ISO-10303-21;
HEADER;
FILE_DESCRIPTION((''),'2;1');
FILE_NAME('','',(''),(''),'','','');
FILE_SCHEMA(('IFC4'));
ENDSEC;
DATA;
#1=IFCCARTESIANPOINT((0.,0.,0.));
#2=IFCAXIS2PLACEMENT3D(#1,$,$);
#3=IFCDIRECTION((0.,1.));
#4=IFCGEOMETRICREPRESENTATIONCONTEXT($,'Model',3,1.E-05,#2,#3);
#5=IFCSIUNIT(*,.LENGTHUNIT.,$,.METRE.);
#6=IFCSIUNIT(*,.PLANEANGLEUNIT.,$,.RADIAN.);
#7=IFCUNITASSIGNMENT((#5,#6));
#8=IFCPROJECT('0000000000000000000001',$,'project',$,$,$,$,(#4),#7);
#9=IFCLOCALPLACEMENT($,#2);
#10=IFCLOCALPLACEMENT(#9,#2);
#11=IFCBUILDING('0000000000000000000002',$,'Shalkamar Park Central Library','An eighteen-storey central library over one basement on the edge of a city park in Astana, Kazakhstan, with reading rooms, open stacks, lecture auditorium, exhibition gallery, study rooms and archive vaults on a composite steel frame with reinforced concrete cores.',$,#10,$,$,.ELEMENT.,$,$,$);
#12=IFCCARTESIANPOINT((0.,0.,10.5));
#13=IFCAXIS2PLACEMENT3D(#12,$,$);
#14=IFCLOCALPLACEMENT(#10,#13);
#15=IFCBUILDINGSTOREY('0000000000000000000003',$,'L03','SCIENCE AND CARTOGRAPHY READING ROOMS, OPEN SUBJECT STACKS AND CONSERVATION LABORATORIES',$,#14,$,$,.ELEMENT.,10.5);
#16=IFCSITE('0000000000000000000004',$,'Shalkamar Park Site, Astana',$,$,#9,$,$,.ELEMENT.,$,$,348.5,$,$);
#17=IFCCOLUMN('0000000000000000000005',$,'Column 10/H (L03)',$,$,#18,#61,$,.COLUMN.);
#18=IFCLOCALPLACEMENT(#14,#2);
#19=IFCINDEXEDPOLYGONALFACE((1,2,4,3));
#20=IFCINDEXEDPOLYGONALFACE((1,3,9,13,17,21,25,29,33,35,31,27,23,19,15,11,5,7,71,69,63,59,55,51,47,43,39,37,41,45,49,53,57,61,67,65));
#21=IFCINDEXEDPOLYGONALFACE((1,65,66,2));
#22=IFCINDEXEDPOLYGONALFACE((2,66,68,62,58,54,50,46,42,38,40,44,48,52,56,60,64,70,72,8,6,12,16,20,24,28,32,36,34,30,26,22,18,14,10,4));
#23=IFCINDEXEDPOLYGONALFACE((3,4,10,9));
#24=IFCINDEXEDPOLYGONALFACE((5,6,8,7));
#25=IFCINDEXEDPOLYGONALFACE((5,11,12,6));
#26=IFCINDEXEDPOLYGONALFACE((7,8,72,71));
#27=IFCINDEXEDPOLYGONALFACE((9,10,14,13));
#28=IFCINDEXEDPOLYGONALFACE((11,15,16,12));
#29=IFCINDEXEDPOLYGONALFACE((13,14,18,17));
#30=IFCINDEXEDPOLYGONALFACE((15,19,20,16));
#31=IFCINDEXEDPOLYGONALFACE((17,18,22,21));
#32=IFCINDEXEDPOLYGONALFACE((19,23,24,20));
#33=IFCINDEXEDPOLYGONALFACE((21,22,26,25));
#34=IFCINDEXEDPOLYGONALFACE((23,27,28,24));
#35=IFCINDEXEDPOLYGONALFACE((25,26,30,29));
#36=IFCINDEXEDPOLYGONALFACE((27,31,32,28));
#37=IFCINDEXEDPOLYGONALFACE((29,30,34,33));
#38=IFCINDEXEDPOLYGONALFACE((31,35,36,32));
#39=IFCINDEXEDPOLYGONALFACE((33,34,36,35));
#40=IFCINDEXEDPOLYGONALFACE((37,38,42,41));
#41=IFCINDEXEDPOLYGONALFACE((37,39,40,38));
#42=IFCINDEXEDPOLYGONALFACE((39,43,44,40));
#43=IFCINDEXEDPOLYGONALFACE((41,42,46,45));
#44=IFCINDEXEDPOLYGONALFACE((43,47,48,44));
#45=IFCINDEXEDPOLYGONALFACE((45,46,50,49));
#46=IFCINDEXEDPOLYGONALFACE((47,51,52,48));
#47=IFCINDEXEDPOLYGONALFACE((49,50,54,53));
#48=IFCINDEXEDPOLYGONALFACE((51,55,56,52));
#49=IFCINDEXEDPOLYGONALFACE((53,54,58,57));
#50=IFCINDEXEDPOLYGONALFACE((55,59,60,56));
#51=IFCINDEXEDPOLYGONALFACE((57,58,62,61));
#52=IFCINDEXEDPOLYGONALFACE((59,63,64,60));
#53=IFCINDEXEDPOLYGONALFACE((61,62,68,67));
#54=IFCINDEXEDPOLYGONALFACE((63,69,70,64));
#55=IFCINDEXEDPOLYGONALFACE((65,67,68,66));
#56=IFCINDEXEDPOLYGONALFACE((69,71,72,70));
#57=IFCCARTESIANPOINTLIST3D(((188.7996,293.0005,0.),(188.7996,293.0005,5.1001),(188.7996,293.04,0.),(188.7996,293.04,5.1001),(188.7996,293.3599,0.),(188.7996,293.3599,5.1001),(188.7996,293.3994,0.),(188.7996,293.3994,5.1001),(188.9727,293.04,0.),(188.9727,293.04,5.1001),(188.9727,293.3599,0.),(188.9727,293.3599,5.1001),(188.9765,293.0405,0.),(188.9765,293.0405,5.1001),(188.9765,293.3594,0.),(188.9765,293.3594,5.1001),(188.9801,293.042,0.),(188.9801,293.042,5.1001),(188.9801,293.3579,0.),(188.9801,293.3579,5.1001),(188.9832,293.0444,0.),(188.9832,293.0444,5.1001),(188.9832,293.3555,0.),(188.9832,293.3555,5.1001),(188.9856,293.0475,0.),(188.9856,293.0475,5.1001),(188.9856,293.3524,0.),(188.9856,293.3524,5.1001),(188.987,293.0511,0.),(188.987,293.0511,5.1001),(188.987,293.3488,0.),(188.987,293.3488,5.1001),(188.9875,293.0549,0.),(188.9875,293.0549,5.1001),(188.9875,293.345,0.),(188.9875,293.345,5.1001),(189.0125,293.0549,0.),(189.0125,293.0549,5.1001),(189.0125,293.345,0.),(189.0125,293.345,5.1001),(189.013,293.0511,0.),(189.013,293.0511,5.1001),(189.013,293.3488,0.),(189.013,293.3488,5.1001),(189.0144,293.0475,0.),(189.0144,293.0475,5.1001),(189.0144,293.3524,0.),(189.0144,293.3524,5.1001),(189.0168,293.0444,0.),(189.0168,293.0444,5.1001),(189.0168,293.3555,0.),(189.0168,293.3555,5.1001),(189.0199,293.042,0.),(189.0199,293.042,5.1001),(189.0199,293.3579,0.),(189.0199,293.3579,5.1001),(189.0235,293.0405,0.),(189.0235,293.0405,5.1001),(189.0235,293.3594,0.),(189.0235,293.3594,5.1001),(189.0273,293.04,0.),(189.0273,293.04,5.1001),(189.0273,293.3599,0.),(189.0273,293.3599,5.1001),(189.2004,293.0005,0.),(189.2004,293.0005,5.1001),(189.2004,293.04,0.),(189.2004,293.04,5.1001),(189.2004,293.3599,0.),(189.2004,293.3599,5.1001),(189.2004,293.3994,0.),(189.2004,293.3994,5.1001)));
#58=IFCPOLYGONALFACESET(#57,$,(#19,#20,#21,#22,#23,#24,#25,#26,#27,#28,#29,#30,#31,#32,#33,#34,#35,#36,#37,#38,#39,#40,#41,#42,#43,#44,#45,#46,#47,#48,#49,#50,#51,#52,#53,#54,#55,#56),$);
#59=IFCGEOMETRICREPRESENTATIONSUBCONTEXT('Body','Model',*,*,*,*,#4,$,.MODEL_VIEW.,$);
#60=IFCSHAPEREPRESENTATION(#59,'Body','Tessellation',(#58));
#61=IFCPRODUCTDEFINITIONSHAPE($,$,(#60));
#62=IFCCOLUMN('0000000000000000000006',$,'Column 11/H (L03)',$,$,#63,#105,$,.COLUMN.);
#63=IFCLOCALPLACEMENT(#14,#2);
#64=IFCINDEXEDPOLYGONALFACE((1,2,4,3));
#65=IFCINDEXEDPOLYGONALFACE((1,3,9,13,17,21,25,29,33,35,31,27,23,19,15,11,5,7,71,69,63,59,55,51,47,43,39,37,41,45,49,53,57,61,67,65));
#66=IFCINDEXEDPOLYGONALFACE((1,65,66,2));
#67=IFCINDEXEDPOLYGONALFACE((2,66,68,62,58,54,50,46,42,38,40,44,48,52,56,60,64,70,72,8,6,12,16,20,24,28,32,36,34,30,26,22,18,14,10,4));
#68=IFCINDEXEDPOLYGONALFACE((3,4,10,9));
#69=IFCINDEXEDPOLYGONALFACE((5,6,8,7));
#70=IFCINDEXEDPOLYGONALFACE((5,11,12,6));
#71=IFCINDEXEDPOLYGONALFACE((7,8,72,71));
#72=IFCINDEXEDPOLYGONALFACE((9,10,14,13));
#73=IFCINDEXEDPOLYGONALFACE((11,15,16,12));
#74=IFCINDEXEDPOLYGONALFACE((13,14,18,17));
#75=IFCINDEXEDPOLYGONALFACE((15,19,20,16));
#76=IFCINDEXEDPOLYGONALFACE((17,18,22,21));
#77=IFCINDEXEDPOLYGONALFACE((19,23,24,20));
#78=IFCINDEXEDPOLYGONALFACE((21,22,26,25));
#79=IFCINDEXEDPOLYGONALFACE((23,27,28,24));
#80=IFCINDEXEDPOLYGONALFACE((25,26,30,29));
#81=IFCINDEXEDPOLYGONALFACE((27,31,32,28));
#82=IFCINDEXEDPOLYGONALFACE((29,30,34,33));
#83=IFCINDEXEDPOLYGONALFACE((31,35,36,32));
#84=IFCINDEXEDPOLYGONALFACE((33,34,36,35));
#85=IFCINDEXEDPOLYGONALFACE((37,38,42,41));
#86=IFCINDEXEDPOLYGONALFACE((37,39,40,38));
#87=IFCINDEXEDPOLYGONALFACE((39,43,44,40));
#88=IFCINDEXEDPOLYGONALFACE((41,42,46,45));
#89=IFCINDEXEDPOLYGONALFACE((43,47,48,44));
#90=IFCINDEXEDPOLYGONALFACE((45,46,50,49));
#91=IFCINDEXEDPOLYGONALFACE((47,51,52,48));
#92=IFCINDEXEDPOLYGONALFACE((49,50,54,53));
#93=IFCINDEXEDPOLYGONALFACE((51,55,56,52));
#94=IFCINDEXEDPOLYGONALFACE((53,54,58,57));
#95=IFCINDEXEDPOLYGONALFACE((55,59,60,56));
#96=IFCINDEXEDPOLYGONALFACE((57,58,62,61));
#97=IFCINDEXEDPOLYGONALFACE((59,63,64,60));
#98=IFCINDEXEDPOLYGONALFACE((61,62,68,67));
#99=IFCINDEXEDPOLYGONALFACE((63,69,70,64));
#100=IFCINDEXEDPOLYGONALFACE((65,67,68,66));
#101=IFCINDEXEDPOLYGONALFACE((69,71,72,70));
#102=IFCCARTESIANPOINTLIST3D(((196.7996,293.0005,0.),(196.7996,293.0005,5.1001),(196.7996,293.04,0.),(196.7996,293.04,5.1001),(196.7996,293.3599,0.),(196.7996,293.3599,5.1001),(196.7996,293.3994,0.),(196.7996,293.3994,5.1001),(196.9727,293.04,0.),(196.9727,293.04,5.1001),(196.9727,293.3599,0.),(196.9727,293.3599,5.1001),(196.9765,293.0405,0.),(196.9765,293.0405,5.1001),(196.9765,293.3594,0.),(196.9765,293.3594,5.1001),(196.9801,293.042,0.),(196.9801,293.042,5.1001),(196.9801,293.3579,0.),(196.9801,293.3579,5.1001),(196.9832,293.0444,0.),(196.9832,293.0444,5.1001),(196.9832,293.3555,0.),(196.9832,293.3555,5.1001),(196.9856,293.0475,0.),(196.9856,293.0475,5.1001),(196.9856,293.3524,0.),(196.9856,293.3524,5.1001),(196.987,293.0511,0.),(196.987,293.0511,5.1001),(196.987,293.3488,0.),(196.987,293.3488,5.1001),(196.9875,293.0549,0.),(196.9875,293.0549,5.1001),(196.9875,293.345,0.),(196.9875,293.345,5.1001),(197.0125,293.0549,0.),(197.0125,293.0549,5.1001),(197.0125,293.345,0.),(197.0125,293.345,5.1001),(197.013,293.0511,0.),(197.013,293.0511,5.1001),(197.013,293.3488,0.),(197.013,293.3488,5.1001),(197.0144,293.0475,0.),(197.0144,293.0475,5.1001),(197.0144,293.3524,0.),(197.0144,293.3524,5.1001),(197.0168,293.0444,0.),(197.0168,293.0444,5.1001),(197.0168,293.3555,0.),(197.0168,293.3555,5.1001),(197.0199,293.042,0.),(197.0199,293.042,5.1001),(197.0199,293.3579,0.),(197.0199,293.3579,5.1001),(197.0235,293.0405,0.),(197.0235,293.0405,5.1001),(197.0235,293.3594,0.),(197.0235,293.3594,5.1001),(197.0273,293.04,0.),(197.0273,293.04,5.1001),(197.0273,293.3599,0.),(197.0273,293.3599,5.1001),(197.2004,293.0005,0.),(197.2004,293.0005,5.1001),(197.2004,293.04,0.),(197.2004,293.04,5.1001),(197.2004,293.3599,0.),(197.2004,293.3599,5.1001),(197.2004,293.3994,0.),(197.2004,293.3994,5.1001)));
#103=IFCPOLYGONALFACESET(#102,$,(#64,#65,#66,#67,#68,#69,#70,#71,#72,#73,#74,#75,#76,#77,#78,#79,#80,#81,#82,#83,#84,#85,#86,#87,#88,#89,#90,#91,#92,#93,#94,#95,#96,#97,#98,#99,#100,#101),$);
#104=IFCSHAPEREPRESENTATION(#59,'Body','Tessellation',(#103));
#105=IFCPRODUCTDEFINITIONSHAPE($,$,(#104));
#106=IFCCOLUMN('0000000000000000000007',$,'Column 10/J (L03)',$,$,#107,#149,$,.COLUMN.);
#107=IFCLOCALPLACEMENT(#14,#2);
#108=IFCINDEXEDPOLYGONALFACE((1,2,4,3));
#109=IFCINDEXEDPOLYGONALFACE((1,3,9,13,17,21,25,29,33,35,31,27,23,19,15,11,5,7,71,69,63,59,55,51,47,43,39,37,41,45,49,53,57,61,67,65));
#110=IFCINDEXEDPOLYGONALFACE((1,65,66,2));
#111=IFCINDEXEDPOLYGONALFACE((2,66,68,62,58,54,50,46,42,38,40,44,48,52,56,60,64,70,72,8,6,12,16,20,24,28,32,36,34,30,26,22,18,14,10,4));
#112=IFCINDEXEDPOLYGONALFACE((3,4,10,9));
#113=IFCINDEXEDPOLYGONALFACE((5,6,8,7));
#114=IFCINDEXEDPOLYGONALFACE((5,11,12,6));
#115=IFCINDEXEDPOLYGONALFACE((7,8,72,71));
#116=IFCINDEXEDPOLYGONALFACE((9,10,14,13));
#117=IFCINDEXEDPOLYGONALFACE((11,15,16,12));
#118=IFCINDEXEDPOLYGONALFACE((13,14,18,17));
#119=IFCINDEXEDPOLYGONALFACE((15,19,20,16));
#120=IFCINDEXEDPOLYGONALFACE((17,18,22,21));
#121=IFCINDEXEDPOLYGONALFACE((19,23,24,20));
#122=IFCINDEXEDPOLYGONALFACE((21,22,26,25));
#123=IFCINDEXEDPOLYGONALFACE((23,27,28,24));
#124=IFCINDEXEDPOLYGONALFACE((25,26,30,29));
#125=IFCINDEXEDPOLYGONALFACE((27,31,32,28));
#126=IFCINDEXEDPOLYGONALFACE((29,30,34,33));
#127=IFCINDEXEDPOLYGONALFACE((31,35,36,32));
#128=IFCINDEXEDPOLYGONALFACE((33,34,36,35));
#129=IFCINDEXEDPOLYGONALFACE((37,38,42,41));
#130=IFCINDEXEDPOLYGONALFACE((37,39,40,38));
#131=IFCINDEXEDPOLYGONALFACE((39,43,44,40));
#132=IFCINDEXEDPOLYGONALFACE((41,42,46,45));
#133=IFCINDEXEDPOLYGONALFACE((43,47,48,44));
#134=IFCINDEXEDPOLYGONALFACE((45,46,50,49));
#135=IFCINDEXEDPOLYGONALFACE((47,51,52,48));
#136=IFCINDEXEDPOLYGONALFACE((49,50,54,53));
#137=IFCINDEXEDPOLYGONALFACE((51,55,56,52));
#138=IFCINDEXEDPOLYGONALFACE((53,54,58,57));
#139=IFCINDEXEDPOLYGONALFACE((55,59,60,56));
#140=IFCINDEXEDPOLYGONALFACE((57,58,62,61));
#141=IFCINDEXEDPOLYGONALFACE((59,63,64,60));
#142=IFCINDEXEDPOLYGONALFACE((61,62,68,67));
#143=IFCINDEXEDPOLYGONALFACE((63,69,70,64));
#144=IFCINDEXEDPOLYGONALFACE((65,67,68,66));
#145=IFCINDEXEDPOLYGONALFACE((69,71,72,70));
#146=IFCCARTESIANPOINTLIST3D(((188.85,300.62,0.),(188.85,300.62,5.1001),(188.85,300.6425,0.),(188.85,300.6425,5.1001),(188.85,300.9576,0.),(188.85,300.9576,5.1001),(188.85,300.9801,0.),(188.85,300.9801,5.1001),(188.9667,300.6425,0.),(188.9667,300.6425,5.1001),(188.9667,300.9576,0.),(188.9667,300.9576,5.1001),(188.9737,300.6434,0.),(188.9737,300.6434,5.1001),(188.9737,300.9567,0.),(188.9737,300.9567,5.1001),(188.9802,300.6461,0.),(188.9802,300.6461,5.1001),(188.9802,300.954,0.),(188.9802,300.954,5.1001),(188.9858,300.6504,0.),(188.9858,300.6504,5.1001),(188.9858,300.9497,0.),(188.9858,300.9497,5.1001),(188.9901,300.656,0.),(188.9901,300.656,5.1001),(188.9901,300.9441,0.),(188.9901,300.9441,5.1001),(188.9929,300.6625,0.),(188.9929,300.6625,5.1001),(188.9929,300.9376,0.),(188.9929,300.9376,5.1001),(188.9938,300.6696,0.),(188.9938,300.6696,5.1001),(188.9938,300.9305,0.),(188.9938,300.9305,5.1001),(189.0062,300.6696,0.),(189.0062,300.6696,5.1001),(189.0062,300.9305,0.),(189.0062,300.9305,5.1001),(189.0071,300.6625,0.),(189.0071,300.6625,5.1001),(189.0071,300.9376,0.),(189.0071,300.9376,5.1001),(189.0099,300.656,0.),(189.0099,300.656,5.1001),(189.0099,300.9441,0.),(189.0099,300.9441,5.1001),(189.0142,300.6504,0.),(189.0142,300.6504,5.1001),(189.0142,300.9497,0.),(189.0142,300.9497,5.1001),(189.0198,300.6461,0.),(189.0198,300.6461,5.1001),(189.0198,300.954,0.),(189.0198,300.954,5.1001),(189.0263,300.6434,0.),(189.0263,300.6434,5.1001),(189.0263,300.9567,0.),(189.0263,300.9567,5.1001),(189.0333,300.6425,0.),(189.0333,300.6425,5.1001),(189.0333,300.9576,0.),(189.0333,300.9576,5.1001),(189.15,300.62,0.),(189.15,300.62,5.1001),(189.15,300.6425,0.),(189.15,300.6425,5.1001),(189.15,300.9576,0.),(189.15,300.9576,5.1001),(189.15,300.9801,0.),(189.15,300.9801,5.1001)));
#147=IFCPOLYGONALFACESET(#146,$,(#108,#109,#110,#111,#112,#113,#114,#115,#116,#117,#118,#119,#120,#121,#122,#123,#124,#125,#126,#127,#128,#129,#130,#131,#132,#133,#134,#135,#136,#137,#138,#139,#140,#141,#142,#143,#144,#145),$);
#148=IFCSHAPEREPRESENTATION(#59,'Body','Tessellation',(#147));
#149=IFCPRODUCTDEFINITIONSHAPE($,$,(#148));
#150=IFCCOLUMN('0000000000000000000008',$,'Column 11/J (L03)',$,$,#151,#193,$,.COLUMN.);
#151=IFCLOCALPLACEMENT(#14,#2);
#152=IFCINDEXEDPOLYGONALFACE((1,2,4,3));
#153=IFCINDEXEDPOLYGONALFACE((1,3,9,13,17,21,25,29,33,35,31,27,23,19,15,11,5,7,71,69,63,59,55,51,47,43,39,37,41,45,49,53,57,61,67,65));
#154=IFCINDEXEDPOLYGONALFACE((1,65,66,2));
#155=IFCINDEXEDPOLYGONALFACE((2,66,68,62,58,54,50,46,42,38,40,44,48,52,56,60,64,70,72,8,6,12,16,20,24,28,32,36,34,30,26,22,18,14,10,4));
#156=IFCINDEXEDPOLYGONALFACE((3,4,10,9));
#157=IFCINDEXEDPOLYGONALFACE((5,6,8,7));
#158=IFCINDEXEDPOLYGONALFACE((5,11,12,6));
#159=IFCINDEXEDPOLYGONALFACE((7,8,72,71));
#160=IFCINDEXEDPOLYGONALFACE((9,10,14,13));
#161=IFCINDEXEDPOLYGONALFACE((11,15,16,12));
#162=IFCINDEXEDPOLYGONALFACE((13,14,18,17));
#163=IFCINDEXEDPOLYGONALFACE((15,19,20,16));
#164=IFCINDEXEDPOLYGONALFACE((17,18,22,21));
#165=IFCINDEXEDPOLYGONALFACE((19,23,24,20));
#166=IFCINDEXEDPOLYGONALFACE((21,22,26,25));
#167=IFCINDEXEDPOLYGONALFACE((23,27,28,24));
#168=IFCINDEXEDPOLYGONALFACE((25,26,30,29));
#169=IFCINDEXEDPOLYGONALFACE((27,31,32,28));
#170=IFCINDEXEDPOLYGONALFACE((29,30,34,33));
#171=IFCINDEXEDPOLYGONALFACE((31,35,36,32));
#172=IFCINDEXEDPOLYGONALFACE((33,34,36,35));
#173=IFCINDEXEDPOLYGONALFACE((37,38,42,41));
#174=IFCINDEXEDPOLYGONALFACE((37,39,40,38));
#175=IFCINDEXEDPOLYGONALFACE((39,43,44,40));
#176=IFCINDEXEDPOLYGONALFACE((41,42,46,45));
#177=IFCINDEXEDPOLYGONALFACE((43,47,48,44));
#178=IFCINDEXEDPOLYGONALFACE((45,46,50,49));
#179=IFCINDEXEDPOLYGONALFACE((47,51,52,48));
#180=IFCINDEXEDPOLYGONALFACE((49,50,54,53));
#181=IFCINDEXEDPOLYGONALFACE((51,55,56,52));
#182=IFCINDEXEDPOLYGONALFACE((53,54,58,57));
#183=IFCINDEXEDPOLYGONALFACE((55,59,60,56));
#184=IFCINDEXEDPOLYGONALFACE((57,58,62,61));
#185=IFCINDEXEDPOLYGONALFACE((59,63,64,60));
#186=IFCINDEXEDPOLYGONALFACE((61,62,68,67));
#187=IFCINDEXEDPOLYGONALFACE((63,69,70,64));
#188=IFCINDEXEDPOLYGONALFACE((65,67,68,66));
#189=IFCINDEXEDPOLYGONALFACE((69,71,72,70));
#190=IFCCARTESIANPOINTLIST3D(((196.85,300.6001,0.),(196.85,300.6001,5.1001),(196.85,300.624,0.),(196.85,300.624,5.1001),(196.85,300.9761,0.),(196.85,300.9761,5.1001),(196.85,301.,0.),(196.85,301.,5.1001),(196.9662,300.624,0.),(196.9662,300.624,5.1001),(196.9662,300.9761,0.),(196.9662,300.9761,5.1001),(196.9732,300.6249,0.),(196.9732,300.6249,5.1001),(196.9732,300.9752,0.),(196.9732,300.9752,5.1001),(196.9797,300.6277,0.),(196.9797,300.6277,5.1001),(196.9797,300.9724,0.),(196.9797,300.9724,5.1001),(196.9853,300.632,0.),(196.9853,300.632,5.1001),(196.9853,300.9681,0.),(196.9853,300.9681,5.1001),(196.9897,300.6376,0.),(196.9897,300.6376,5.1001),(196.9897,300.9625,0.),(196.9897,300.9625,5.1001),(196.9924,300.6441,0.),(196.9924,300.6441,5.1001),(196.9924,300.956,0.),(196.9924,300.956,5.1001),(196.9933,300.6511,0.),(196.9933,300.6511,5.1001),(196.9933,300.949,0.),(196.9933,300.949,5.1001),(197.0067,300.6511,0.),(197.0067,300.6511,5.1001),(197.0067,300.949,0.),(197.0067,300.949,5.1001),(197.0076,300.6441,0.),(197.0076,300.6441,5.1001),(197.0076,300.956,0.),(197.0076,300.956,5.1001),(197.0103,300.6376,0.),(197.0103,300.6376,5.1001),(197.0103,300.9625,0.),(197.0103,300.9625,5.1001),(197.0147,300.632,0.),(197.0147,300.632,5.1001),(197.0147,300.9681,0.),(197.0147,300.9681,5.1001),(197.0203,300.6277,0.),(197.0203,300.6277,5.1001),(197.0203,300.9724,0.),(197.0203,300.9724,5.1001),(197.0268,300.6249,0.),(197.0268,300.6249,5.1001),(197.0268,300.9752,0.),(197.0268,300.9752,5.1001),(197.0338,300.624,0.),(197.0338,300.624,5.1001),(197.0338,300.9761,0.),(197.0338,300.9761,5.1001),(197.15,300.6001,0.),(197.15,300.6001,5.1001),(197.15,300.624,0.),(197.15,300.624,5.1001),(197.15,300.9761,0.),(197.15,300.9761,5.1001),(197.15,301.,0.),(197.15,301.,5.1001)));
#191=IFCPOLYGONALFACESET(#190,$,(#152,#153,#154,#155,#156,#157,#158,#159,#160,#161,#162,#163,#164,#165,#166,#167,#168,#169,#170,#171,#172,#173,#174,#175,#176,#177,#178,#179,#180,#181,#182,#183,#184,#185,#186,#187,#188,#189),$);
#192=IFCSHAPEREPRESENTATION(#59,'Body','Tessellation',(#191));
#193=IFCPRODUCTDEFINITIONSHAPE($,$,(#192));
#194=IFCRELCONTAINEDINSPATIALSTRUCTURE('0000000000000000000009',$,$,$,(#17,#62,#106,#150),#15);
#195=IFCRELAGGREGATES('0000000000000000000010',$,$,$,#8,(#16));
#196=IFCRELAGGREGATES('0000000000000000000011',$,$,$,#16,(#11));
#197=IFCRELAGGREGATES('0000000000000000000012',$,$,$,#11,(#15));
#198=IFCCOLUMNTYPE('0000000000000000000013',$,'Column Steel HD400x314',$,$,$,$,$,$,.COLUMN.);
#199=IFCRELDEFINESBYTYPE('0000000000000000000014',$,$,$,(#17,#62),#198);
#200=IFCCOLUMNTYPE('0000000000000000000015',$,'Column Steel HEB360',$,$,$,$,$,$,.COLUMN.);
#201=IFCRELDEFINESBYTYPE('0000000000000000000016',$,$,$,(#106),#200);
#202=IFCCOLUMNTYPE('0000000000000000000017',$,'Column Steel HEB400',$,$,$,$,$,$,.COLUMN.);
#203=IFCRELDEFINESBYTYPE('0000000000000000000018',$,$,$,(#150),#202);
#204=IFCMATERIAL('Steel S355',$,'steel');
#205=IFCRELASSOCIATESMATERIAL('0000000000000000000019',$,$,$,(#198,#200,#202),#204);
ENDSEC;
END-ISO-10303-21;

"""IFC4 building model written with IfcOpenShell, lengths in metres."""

from ifc_helpers import new_model, si_unit, direction, frame, origin, origin_2d, place, context, subcontext, project, spatial, i_section, extrude, material, material_profile, profile_set, type_object, element, save


model = new_model("IFC4")

# Units and contexts
model_context = context("Model", 3, precision=1e-05, world=origin(), true_north=direction((0.0, 1.0)))
body_context = subcontext(model_context, "Body", "Model", "MODEL_VIEW")
ifc_project = project(units=[si_unit("LENGTHUNIT", "METRE"), si_unit("PLANEANGLEUNIT", "RADIAN")], contexts=[model_context])

# Site, building, storey
site_placement = place(None, origin())
site = spatial("IfcSite", under=ifc_project, at=site_placement, Name="Shalkamar Park Site, Astana", CompositionType="ELEMENT", RefElevation=348.5)
building_placement = place(site_placement, origin())
building = spatial("IfcBuilding", under=site, at=building_placement, Name="Shalkamar Park Central Library", Description="An eighteen-storey central library over one basement on the edge of a city park in Astana, Kazakhstan, with reading rooms, open stacks, lecture auditorium, exhibition gallery, study rooms and archive vaults on a composite steel frame with reinforced concrete cores.", CompositionType="ELEMENT")
storey_placement = place(building_placement, frame((0.0, 0.0, 10.5)))
storey = spatial("IfcBuildingStorey", under=building, at=storey_placement, Name="L03", Description="SCIENCE AND CARTOGRAPHY READING ROOMS, OPEN SUBJECT STACKS AND CONSERVATION LABORATORIES", CompositionType="ELEMENT", Elevation=10.5)

# Columns
ifc_material_1 = material(Name="Steel S355", Category="steel")
ifc_material_profile_1 = material_profile(ifc_material_1, i_section(OverallWidth=0.4009, OverallDepth=0.3989, WebThickness=0.0249, FlangeThickness=0.0396, FilletRadius=0.0149, at=origin_2d()), Name="HD 400x314")
ifc_profile_set_1 = profile_set([ifc_material_profile_1], Name="Steel S355")
column_type_1 = type_object("IfcColumnType", Name="Column Steel HD400x314", PredefinedType="COLUMN", material=ifc_profile_set_1)
for number, where, z_axis, x_axis, name in (
    (1, (189.0, 293.2, 0.0), (0.0, 0.0, 1.0), (1.0, 0.0, 0.0), "Column 10/H (L03)"),
    (2, (197.0, 293.2, 0.0), (0.0, 0.0, 1.0), (1.0, 0.0, 0.0), "Column 11/H (L03)"),
):
    element("IfcColumn", number, at=place(storey_placement, frame(where, z_axis=z_axis, x_axis=x_axis)), inside=storey, type_object=column_type_1, Name=name, PredefinedType="COLUMN", context=body_context, shape_type="SweptSolid", body=[
        extrude(i_section(OverallWidth=0.4009, OverallDepth=0.3989, WebThickness=0.0249, FlangeThickness=0.0396, FilletRadius=0.0149, at=origin_2d()), origin(), (0.0, 0.0, 1.0), 5.1001),
    ])
ifc_material_profile_2 = material_profile(ifc_material_1, i_section(OverallWidth=0.3, OverallDepth=0.3601, WebThickness=0.0125, FlangeThickness=0.0225, FilletRadius=0.0271, at=origin_2d()), Name="HEB 360")
ifc_profile_set_2 = profile_set([ifc_material_profile_2], Name="Steel S355")
column_type_2 = type_object("IfcColumnType", Name="Column Steel HEB360", PredefinedType="COLUMN", material=ifc_profile_set_2)
column_1_placement = place(storey_placement, frame((189.0, 300.8, 0.0), z_axis=(0.0, 0.0, 1.0), x_axis=(1.0, 0.0, 0.0)))
element("IfcColumn", 3, at=column_1_placement, inside=storey, type_object=column_type_2, Name="Column 10/J (L03)", PredefinedType="COLUMN", context=body_context, shape_type="SweptSolid", body=[
    extrude(i_section(OverallWidth=0.3, OverallDepth=0.3601, WebThickness=0.0125, FlangeThickness=0.0225, FilletRadius=0.0271, at=origin_2d()), origin(), (0.0, 0.0, 1.0), 5.1001),
])
ifc_material_profile_3 = material_profile(ifc_material_1, i_section(OverallWidth=0.3, OverallDepth=0.3999, WebThickness=0.0134, FlangeThickness=0.0239, FilletRadius=0.0271, at=origin_2d()), Name="HEB 400")
ifc_profile_set_3 = profile_set([ifc_material_profile_3], Name="Steel S355")
column_type_3 = type_object("IfcColumnType", Name="Column Steel HEB400", PredefinedType="COLUMN", material=ifc_profile_set_3)
column_2_placement = place(storey_placement, frame((197.0, 300.8, 0.0), z_axis=(0.0, 0.0, 1.0), x_axis=(1.0, 0.0, 0.0)))
element("IfcColumn", 4, at=column_2_placement, inside=storey, type_object=column_type_3, Name="Column 11/J (L03)", PredefinedType="COLUMN", context=body_context, shape_type="SweptSolid", body=[
    extrude(i_section(OverallWidth=0.3, OverallDepth=0.3999, WebThickness=0.0134, FlangeThickness=0.0239, FilletRadius=0.0271, at=origin_2d()), origin(), (0.0, 0.0, 1.0), 5.1001),
])

save(model, "model.ifc")
